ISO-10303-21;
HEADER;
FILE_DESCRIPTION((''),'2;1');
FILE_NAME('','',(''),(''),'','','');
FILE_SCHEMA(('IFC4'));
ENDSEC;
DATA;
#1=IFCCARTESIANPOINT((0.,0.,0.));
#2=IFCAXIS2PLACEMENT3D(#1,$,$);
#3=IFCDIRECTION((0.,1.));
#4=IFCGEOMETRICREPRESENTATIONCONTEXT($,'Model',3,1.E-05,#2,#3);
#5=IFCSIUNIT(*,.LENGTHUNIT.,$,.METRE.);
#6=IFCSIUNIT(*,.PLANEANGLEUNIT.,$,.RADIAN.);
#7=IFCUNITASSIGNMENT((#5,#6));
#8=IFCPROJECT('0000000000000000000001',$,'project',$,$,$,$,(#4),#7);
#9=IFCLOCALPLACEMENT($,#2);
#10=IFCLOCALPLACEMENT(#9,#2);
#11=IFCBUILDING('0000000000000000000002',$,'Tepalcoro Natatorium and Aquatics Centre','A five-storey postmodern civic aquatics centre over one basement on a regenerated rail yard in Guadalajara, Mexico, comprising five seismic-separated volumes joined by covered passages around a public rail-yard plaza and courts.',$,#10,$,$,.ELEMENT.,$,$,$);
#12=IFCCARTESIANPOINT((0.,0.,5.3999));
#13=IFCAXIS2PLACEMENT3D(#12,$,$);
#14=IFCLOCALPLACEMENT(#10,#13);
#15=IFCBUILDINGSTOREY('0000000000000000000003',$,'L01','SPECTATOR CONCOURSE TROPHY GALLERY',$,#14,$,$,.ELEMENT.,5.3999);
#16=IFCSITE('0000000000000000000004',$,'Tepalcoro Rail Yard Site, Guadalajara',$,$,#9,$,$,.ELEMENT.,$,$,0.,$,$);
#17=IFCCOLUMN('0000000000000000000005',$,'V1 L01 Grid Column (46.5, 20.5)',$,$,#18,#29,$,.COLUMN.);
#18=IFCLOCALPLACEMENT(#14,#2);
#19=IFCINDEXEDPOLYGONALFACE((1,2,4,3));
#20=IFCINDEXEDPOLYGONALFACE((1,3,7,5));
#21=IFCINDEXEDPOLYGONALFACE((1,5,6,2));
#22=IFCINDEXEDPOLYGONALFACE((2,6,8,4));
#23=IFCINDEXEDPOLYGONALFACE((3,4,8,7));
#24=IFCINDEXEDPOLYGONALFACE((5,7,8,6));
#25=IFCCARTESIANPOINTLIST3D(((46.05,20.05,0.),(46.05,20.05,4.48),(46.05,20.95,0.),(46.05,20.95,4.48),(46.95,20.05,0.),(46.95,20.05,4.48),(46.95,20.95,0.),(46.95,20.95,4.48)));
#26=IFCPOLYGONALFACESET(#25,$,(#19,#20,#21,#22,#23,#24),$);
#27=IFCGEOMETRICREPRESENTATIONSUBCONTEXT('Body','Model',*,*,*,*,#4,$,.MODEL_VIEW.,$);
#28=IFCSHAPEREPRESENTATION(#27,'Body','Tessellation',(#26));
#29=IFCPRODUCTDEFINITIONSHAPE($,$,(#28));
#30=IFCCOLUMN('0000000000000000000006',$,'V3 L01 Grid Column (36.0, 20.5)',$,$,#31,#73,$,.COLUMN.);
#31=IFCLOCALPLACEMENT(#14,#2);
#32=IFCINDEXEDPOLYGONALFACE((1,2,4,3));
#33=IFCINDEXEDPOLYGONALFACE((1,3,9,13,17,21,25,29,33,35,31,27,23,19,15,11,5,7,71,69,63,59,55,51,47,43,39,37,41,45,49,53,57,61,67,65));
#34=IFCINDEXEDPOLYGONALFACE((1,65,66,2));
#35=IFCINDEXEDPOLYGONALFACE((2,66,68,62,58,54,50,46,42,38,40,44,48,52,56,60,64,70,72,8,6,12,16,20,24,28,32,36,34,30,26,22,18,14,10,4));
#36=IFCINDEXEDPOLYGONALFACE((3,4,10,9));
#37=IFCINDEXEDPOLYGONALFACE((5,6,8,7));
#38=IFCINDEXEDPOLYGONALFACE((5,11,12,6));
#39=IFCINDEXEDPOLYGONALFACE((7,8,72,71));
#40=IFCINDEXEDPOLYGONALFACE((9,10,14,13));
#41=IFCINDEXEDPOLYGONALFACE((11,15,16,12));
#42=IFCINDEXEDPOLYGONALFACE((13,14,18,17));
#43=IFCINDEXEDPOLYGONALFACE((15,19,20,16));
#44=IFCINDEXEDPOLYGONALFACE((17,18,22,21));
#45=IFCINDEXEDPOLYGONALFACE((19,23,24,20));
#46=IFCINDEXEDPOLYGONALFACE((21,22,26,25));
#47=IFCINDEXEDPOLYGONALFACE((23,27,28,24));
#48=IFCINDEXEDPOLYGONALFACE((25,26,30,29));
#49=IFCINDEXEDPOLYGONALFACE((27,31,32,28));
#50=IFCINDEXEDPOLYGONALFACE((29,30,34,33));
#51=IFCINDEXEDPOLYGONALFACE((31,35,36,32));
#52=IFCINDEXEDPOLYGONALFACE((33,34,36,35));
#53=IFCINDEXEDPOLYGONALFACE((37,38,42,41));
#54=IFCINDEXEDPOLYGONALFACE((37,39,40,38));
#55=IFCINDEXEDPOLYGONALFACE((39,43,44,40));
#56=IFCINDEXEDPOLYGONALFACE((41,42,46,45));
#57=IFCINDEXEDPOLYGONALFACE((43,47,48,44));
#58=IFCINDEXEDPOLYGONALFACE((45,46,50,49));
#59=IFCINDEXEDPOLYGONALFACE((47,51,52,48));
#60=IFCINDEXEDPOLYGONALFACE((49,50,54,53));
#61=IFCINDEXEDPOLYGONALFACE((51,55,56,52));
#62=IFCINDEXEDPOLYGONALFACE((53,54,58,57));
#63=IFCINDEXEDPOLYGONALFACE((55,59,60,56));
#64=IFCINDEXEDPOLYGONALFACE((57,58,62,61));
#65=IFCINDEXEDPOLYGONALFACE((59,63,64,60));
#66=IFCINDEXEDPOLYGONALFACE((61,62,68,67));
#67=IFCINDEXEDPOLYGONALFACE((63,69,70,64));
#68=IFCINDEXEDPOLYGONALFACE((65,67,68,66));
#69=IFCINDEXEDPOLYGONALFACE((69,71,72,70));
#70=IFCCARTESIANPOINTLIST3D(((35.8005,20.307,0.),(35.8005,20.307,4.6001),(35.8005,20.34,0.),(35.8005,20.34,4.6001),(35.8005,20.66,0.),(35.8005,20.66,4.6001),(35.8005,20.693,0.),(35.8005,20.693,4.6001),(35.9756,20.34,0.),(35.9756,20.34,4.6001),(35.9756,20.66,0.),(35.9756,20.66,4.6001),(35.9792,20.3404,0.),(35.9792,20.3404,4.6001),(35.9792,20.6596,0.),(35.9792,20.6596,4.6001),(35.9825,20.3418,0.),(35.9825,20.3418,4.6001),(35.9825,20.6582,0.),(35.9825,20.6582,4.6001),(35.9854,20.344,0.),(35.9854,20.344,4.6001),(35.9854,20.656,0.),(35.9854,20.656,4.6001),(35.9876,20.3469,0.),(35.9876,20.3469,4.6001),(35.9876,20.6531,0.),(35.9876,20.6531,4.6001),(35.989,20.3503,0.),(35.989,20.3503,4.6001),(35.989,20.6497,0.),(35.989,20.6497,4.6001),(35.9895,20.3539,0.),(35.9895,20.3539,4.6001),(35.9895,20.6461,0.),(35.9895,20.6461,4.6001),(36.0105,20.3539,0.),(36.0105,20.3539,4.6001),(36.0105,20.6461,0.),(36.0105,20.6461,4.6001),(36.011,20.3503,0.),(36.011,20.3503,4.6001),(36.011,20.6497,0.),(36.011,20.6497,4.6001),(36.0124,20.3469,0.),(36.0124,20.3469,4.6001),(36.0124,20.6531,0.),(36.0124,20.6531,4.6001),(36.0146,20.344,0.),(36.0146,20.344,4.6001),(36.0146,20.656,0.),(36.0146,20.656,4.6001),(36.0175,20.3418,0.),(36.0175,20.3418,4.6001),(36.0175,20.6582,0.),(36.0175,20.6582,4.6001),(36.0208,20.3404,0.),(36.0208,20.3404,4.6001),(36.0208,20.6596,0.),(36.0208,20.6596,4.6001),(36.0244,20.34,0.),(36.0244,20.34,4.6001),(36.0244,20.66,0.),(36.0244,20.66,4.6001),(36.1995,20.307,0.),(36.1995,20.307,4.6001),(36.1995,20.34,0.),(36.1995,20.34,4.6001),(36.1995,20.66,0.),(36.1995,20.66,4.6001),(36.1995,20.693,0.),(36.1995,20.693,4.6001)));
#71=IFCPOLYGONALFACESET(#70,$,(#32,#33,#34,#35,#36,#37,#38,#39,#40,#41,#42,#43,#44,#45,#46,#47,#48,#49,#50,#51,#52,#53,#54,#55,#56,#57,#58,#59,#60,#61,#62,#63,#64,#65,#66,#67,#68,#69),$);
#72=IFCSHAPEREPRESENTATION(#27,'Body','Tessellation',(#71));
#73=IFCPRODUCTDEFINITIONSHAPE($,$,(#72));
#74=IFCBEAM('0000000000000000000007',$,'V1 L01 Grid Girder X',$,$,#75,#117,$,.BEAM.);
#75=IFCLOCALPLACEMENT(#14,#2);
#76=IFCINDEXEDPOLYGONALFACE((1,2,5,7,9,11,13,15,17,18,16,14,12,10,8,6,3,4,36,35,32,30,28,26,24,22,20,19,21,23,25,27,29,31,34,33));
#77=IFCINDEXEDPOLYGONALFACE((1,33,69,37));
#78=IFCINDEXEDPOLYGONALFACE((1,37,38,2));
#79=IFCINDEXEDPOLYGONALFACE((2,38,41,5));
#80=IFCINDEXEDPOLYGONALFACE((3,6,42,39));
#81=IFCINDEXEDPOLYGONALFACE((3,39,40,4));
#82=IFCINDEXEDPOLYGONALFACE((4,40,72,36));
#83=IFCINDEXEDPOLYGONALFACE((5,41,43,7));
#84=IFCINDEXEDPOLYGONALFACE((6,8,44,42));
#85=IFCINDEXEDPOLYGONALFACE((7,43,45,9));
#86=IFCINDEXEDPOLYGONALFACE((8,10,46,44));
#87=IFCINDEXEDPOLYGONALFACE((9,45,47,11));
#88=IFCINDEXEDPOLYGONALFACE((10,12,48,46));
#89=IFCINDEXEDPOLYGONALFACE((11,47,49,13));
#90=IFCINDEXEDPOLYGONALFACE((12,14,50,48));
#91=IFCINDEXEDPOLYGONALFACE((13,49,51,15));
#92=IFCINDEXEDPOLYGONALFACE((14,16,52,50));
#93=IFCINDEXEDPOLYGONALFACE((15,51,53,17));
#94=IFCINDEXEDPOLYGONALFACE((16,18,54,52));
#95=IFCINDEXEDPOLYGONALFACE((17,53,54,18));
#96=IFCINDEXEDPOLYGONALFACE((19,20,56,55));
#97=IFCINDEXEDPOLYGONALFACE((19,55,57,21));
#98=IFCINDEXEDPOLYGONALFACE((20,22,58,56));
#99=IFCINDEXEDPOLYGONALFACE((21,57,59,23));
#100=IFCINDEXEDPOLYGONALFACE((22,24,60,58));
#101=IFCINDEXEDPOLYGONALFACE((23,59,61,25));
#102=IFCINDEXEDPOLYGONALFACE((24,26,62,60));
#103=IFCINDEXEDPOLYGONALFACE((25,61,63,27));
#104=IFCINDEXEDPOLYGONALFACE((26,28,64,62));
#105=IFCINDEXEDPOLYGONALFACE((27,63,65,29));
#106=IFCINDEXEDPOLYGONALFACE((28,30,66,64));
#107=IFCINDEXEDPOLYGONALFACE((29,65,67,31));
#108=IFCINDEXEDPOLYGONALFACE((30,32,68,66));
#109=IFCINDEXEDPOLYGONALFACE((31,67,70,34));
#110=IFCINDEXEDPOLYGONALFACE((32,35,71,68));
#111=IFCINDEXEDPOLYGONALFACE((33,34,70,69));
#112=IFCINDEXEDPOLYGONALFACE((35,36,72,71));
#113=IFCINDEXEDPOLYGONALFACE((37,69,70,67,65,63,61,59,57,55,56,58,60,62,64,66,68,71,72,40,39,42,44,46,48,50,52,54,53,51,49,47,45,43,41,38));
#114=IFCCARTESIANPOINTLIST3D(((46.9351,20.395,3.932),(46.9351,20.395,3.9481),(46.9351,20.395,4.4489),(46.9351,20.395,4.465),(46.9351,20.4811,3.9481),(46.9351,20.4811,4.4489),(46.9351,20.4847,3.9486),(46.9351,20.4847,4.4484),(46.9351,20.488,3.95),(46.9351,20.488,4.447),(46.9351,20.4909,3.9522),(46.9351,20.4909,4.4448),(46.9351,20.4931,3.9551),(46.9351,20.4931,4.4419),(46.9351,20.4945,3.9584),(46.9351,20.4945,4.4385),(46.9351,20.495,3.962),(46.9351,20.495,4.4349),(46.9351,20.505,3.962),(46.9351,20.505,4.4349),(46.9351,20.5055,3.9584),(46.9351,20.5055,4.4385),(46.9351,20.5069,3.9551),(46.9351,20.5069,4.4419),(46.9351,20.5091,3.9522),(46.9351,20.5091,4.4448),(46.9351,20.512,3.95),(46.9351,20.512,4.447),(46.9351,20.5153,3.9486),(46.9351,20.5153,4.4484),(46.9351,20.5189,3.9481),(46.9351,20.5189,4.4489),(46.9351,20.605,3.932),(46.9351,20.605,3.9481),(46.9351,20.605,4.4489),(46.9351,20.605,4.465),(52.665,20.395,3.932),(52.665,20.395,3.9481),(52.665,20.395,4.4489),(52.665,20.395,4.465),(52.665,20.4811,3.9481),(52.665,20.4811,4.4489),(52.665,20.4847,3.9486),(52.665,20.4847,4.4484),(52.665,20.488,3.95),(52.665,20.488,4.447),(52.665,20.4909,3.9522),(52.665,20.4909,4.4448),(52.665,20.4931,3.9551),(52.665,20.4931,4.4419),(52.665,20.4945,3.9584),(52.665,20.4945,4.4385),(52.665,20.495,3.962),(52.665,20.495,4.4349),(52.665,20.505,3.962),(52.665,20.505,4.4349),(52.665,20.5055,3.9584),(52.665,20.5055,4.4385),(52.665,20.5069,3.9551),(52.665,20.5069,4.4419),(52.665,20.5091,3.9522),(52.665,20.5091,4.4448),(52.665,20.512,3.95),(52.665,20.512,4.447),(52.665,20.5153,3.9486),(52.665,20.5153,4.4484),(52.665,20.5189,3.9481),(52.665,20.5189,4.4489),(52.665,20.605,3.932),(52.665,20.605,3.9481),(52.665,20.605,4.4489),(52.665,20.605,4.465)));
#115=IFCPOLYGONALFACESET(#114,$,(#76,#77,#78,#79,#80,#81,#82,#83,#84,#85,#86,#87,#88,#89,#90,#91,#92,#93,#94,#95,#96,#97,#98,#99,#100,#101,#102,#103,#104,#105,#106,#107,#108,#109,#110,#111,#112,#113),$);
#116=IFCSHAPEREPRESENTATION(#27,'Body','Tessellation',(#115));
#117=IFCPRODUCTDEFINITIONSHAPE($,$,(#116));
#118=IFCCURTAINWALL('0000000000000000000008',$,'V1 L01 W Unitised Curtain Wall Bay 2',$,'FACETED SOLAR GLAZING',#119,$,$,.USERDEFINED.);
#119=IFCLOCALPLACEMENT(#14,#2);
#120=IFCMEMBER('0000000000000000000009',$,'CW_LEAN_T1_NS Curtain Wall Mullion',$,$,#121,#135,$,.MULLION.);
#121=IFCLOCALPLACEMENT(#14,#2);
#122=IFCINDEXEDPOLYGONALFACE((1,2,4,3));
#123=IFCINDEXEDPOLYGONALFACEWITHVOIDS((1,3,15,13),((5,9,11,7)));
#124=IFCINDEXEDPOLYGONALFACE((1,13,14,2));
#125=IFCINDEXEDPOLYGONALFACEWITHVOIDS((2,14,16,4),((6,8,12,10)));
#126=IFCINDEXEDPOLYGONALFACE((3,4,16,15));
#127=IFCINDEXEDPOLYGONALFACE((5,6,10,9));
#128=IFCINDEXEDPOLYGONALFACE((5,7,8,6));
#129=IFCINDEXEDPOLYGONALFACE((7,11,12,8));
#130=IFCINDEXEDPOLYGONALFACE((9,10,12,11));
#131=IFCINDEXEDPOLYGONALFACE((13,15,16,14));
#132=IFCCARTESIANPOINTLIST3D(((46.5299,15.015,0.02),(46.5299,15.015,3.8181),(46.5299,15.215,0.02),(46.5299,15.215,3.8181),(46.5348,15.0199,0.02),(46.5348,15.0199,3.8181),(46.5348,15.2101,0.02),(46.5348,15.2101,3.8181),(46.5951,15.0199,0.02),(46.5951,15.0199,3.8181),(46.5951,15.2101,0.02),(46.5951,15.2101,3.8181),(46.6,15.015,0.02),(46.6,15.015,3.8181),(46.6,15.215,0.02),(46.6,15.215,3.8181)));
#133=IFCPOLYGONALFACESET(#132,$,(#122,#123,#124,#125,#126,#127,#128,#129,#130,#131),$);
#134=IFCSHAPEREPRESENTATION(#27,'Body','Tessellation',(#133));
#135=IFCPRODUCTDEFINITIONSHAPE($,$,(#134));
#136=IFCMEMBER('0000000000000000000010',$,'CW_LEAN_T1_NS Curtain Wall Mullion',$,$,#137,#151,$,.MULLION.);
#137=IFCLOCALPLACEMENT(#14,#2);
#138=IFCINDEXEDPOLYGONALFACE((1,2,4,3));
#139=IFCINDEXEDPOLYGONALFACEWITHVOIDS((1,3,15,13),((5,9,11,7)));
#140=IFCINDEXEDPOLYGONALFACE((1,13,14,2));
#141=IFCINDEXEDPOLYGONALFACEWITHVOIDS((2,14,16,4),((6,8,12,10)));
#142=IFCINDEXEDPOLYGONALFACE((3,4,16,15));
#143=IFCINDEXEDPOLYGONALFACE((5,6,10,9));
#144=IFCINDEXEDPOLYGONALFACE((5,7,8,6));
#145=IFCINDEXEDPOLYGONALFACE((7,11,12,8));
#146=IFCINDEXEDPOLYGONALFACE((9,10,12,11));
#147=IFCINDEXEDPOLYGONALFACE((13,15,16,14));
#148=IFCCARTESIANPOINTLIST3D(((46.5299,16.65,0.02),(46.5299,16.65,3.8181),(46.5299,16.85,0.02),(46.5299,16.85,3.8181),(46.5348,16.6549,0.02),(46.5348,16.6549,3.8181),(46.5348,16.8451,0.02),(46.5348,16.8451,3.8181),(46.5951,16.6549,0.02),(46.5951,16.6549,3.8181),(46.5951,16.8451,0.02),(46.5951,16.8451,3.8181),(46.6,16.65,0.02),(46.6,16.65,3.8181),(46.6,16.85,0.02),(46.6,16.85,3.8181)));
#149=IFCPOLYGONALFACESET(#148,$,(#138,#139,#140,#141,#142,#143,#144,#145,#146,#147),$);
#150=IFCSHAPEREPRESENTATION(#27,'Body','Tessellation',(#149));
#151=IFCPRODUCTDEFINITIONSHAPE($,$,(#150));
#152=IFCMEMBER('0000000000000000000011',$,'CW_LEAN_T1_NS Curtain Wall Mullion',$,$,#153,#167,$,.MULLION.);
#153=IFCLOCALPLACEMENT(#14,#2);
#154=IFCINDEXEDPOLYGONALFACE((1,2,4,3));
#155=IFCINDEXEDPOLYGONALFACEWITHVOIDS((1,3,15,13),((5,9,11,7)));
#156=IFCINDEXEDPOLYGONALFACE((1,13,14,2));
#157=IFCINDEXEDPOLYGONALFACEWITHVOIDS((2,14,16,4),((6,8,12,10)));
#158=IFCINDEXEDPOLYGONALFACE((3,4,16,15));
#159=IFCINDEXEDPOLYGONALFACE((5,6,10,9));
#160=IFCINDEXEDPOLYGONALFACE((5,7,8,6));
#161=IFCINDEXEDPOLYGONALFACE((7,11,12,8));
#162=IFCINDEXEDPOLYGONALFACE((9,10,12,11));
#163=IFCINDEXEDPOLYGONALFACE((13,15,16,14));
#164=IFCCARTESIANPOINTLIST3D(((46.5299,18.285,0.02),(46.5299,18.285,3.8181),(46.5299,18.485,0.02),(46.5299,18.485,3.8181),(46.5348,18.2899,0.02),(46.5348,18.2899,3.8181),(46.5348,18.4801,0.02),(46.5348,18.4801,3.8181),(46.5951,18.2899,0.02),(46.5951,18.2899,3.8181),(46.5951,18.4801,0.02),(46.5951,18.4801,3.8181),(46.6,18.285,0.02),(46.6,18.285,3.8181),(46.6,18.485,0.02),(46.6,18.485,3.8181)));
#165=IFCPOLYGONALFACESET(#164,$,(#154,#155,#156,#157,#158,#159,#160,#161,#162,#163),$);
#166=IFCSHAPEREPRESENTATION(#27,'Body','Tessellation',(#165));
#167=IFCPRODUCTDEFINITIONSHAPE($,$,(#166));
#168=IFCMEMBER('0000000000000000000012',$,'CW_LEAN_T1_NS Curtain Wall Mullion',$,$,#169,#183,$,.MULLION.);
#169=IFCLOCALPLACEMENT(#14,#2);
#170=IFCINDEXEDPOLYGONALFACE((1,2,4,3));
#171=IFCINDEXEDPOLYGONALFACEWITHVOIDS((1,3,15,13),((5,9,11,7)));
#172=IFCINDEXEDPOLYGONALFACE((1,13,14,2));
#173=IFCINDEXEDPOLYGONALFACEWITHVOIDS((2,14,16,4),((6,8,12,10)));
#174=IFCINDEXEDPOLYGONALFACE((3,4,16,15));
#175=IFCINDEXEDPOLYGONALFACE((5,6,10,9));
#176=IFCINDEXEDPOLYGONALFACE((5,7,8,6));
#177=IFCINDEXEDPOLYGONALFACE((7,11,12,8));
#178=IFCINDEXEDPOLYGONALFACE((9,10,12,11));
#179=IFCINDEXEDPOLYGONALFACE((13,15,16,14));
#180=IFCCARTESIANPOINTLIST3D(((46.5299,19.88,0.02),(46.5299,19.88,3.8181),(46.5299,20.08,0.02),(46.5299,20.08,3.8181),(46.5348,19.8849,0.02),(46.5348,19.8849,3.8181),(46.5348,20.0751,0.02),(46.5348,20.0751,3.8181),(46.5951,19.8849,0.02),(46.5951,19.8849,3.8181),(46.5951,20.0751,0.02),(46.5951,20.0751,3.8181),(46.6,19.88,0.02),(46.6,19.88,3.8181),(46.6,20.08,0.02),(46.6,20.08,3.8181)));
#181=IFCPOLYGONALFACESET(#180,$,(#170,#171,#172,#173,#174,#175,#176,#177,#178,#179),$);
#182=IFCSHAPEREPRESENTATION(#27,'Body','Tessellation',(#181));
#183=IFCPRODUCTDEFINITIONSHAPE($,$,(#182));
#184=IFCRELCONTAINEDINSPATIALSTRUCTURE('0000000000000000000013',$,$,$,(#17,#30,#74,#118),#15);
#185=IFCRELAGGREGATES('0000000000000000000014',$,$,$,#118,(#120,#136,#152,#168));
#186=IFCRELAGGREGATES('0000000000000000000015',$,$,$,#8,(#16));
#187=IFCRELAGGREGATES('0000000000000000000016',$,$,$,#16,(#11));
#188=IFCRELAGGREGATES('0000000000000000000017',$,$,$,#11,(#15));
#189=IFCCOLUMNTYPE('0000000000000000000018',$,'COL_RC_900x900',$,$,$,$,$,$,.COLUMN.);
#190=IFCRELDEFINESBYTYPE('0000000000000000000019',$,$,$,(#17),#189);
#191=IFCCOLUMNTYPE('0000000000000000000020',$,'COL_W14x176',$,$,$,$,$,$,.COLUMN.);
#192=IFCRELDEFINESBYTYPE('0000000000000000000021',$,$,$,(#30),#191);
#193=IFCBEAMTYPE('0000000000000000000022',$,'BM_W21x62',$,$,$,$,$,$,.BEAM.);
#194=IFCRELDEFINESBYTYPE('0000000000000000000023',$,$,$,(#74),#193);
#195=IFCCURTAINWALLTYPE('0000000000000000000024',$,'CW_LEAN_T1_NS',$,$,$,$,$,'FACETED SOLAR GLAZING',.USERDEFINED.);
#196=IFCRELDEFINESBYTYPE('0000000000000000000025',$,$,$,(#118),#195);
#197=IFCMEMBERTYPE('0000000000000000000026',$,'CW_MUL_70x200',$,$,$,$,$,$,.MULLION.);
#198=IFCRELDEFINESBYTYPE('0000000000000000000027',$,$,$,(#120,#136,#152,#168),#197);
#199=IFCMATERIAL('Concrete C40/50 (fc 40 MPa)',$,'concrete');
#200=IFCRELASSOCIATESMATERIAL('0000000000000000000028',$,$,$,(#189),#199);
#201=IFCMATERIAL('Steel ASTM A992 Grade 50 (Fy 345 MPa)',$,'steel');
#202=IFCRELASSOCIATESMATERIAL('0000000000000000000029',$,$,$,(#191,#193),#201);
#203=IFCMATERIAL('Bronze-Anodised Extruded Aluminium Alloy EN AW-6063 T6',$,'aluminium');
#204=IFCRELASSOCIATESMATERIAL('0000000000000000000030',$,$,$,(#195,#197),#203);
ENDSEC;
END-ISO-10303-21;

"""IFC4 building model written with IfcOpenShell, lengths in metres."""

from ifc_helpers import new_model, si_unit, direction, frame, origin, origin_2d, place, context, subcontext, project, spatial, rectangle, hollow_rectangle, i_section, extrude, material, material_profile, profile_set, type_object, element, aggregate, save


model = new_model("IFC4")

# Units and contexts
model_context = context("Model", 3, precision=1e-05, world=origin(), true_north=direction((0.0, 1.0)))
body_context = subcontext(model_context, "Body", "Model", "MODEL_VIEW")
ifc_project = project(units=[si_unit("LENGTHUNIT", "METRE"), si_unit("PLANEANGLEUNIT", "RADIAN")], contexts=[model_context])

# Site, building, storey
site_placement = place(None, origin())
site = spatial("IfcSite", under=ifc_project, at=site_placement, Name="Tepalcoro Rail Yard Site, Guadalajara", CompositionType="ELEMENT", RefElevation=0.0)
building_placement = place(site_placement, origin())
building = spatial("IfcBuilding", under=site, at=building_placement, Name="Tepalcoro Natatorium and Aquatics Centre", Description="A five-storey postmodern civic aquatics centre over one basement on a regenerated rail yard in Guadalajara, Mexico, comprising five seismic-separated volumes joined by covered passages around a public rail-yard plaza and courts.", CompositionType="ELEMENT")
storey_placement = place(building_placement, frame((0.0, 0.0, 5.3999)))
storey = spatial("IfcBuildingStorey", under=building, at=storey_placement, Name="L01", Description="SPECTATOR CONCOURSE TROPHY GALLERY", CompositionType="ELEMENT", Elevation=5.3999)

# Columns
ifc_material_1 = material(Name="Concrete C40/50 (fc 40 MPa)", Category="concrete")
ifc_material_profile_1 = material_profile(ifc_material_1, rectangle(XDim=0.8999, YDim=0.8999, at=origin_2d()), Name="RC900x900")
ifc_profile_set_1 = profile_set([ifc_material_profile_1], Name="Concrete C40/50 (fc 40 MPa)")
column_type_1 = type_object("IfcColumnType", Name="COL_RC_900x900", PredefinedType="COLUMN", material=ifc_profile_set_1)
column_1_placement = place(storey_placement, frame((46.5, 20.5, 0.0), z_axis=(0.0, 0.0, 1.0), x_axis=(1.0, 0.0, 0.0)))
element("IfcColumn", 1, at=column_1_placement, inside=storey, type_object=column_type_1, Name="V1 L01 Grid Column (46.5, 20.5)", PredefinedType="COLUMN", context=body_context, shape_type="SweptSolid", body=[
    extrude(rectangle(XDim=0.8999, YDim=0.8999, at=origin_2d()), origin(), (0.0, 0.0, 1.0), 4.48),
])
ifc_material_2 = material(Name="Steel ASTM A992 Grade 50 (Fy 345 MPa)", Category="steel")
ifc_material_profile_2 = material_profile(ifc_material_2, i_section(OverallWidth=0.3989, OverallDepth=0.386, WebThickness=0.021, FlangeThickness=0.033, FilletRadius=0.0139, at=origin_2d()), Name="W14X176")
ifc_profile_set_2 = profile_set([ifc_material_profile_2], Name="Steel ASTM A992 Grade 50 (Fy 345 MPa)")
column_type_2 = type_object("IfcColumnType", Name="COL_W14x176", PredefinedType="COLUMN", material=ifc_profile_set_2)
column_2_placement = place(storey_placement, frame((36.0, 20.5, 0.0), z_axis=(0.0, 0.0, 1.0), x_axis=(1.0, 0.0, 0.0)))
element("IfcColumn", 2, at=column_2_placement, inside=storey, type_object=column_type_2, Name="V3 L01 Grid Column (36.0, 20.5)", PredefinedType="COLUMN", context=body_context, shape_type="SweptSolid", body=[
    extrude(i_section(OverallWidth=0.3989, OverallDepth=0.386, WebThickness=0.021, FlangeThickness=0.033, FilletRadius=0.0139, at=origin_2d()), origin(), (0.0, 0.0, 1.0), 4.6001),
])

# Beam
ifc_material_profile_3 = material_profile(ifc_material_2, i_section(OverallWidth=0.21, OverallDepth=0.533, WebThickness=0.01, FlangeThickness=0.0161, FilletRadius=0.0139, at=origin_2d()), Name="W21X62")
ifc_profile_set_3 = profile_set([ifc_material_profile_3], Name="Steel ASTM A992 Grade 50 (Fy 345 MPa)")
beam_type_1 = type_object("IfcBeamType", Name="BM_W21x62", PredefinedType="BEAM", material=ifc_profile_set_3)
beam_1_placement = place(storey_placement, frame((46.9351, 20.5, 4.1985), z_axis=(1.0, 0.0, 0.0), x_axis=(0.0, 1.0, 0.0)))
element("IfcBeam", 3, at=beam_1_placement, inside=storey, type_object=beam_type_1, Name="V1 L01 Grid Girder X", PredefinedType="BEAM", context=body_context, shape_type="SweptSolid", body=[
    extrude(i_section(OverallWidth=0.21, OverallDepth=0.533, WebThickness=0.01, FlangeThickness=0.0161, FilletRadius=0.0139, at=origin_2d()), origin(), (0.0, 0.0, 1.0), 5.73),
])

# Curtain wall, members
ifc_material_3 = material(Name="Bronze-Anodised Extruded Aluminium Alloy EN AW-6063 T6", Category="aluminium")
curtain_wall_type_1 = type_object("IfcCurtainWallType", Name="CW_LEAN_T1_NS", ElementType="FACETED SOLAR GLAZING", PredefinedType="USERDEFINED", material=ifc_material_3)
curtain_wall_1_placement = place(storey_placement, origin())
curtain_wall_1 = element("IfcCurtainWall", 4, at=curtain_wall_1_placement, inside=storey, type_object=curtain_wall_type_1, Name="V1 L01 W Unitised Curtain Wall Bay 2", ObjectType="FACETED SOLAR GLAZING", PredefinedType="USERDEFINED")
ifc_material_profile_4 = material_profile(ifc_material_3, hollow_rectangle(XDim=0.0701, YDim=0.2, WallThickness=0.0049, at=origin_2d()), Name="AL70X200X5")
ifc_profile_set_4 = profile_set([ifc_material_profile_4], Name="Bronze-Anodised Extruded Aluminium Alloy EN AW-6063 T6")
member_type_1 = type_object("IfcMemberType", Name="CW_MUL_70x200", PredefinedType="MULLION", material=ifc_profile_set_4)
member_1_placement = place(storey_placement, frame((46.5649, 15.115, 0.02), z_axis=(0.0, 0.0, 1.0), x_axis=(1.0, 0.0, 0.0)))
member_1 = element("IfcMember", 5, at=member_1_placement, type_object=member_type_1, Name="CW_LEAN_T1_NS Curtain Wall Mullion", PredefinedType="MULLION", context=body_context, shape_type="SweptSolid", body=[
    extrude(hollow_rectangle(XDim=0.0701, YDim=0.2, WallThickness=0.0049, at=origin_2d()), origin(), (0.0, 0.0, 1.0), 3.7981),
])
member_2_placement = place(storey_placement, frame((46.5649, 16.75, 0.02), z_axis=(0.0, 0.0, 1.0), x_axis=(1.0, 0.0, 0.0)))
member_2 = element("IfcMember", 6, at=member_2_placement, type_object=member_type_1, Name="CW_LEAN_T1_NS Curtain Wall Mullion", PredefinedType="MULLION", context=body_context, shape_type="SweptSolid", body=[
    extrude(hollow_rectangle(XDim=0.0701, YDim=0.2, WallThickness=0.0049, at=origin_2d()), origin(), (0.0, 0.0, 1.0), 3.7981),
])
member_3_placement = place(storey_placement, frame((46.5649, 18.385, 0.02), z_axis=(0.0, 0.0, 1.0), x_axis=(1.0, 0.0, 0.0)))
member_3 = element("IfcMember", 7, at=member_3_placement, type_object=member_type_1, Name="CW_LEAN_T1_NS Curtain Wall Mullion", PredefinedType="MULLION", context=body_context, shape_type="SweptSolid", body=[
    extrude(hollow_rectangle(XDim=0.0701, YDim=0.2, WallThickness=0.0049, at=origin_2d()), origin(), (0.0, 0.0, 1.0), 3.7981),
])
member_4_placement = place(storey_placement, frame((46.5649, 19.98, 0.02), z_axis=(0.0, 0.0, 1.0), x_axis=(1.0, 0.0, 0.0)))
member_4 = element("IfcMember", 8, at=member_4_placement, type_object=member_type_1, Name="CW_LEAN_T1_NS Curtain Wall Mullion", PredefinedType="MULLION", context=body_context, shape_type="SweptSolid", body=[
    extrude(hollow_rectangle(XDim=0.0701, YDim=0.2, WallThickness=0.0049, at=origin_2d()), origin(), (0.0, 0.0, 1.0), 3.7981),
])

aggregate(curtain_wall_1, [member_1, member_2, member_3, member_4])

save(model, "model.ifc")
